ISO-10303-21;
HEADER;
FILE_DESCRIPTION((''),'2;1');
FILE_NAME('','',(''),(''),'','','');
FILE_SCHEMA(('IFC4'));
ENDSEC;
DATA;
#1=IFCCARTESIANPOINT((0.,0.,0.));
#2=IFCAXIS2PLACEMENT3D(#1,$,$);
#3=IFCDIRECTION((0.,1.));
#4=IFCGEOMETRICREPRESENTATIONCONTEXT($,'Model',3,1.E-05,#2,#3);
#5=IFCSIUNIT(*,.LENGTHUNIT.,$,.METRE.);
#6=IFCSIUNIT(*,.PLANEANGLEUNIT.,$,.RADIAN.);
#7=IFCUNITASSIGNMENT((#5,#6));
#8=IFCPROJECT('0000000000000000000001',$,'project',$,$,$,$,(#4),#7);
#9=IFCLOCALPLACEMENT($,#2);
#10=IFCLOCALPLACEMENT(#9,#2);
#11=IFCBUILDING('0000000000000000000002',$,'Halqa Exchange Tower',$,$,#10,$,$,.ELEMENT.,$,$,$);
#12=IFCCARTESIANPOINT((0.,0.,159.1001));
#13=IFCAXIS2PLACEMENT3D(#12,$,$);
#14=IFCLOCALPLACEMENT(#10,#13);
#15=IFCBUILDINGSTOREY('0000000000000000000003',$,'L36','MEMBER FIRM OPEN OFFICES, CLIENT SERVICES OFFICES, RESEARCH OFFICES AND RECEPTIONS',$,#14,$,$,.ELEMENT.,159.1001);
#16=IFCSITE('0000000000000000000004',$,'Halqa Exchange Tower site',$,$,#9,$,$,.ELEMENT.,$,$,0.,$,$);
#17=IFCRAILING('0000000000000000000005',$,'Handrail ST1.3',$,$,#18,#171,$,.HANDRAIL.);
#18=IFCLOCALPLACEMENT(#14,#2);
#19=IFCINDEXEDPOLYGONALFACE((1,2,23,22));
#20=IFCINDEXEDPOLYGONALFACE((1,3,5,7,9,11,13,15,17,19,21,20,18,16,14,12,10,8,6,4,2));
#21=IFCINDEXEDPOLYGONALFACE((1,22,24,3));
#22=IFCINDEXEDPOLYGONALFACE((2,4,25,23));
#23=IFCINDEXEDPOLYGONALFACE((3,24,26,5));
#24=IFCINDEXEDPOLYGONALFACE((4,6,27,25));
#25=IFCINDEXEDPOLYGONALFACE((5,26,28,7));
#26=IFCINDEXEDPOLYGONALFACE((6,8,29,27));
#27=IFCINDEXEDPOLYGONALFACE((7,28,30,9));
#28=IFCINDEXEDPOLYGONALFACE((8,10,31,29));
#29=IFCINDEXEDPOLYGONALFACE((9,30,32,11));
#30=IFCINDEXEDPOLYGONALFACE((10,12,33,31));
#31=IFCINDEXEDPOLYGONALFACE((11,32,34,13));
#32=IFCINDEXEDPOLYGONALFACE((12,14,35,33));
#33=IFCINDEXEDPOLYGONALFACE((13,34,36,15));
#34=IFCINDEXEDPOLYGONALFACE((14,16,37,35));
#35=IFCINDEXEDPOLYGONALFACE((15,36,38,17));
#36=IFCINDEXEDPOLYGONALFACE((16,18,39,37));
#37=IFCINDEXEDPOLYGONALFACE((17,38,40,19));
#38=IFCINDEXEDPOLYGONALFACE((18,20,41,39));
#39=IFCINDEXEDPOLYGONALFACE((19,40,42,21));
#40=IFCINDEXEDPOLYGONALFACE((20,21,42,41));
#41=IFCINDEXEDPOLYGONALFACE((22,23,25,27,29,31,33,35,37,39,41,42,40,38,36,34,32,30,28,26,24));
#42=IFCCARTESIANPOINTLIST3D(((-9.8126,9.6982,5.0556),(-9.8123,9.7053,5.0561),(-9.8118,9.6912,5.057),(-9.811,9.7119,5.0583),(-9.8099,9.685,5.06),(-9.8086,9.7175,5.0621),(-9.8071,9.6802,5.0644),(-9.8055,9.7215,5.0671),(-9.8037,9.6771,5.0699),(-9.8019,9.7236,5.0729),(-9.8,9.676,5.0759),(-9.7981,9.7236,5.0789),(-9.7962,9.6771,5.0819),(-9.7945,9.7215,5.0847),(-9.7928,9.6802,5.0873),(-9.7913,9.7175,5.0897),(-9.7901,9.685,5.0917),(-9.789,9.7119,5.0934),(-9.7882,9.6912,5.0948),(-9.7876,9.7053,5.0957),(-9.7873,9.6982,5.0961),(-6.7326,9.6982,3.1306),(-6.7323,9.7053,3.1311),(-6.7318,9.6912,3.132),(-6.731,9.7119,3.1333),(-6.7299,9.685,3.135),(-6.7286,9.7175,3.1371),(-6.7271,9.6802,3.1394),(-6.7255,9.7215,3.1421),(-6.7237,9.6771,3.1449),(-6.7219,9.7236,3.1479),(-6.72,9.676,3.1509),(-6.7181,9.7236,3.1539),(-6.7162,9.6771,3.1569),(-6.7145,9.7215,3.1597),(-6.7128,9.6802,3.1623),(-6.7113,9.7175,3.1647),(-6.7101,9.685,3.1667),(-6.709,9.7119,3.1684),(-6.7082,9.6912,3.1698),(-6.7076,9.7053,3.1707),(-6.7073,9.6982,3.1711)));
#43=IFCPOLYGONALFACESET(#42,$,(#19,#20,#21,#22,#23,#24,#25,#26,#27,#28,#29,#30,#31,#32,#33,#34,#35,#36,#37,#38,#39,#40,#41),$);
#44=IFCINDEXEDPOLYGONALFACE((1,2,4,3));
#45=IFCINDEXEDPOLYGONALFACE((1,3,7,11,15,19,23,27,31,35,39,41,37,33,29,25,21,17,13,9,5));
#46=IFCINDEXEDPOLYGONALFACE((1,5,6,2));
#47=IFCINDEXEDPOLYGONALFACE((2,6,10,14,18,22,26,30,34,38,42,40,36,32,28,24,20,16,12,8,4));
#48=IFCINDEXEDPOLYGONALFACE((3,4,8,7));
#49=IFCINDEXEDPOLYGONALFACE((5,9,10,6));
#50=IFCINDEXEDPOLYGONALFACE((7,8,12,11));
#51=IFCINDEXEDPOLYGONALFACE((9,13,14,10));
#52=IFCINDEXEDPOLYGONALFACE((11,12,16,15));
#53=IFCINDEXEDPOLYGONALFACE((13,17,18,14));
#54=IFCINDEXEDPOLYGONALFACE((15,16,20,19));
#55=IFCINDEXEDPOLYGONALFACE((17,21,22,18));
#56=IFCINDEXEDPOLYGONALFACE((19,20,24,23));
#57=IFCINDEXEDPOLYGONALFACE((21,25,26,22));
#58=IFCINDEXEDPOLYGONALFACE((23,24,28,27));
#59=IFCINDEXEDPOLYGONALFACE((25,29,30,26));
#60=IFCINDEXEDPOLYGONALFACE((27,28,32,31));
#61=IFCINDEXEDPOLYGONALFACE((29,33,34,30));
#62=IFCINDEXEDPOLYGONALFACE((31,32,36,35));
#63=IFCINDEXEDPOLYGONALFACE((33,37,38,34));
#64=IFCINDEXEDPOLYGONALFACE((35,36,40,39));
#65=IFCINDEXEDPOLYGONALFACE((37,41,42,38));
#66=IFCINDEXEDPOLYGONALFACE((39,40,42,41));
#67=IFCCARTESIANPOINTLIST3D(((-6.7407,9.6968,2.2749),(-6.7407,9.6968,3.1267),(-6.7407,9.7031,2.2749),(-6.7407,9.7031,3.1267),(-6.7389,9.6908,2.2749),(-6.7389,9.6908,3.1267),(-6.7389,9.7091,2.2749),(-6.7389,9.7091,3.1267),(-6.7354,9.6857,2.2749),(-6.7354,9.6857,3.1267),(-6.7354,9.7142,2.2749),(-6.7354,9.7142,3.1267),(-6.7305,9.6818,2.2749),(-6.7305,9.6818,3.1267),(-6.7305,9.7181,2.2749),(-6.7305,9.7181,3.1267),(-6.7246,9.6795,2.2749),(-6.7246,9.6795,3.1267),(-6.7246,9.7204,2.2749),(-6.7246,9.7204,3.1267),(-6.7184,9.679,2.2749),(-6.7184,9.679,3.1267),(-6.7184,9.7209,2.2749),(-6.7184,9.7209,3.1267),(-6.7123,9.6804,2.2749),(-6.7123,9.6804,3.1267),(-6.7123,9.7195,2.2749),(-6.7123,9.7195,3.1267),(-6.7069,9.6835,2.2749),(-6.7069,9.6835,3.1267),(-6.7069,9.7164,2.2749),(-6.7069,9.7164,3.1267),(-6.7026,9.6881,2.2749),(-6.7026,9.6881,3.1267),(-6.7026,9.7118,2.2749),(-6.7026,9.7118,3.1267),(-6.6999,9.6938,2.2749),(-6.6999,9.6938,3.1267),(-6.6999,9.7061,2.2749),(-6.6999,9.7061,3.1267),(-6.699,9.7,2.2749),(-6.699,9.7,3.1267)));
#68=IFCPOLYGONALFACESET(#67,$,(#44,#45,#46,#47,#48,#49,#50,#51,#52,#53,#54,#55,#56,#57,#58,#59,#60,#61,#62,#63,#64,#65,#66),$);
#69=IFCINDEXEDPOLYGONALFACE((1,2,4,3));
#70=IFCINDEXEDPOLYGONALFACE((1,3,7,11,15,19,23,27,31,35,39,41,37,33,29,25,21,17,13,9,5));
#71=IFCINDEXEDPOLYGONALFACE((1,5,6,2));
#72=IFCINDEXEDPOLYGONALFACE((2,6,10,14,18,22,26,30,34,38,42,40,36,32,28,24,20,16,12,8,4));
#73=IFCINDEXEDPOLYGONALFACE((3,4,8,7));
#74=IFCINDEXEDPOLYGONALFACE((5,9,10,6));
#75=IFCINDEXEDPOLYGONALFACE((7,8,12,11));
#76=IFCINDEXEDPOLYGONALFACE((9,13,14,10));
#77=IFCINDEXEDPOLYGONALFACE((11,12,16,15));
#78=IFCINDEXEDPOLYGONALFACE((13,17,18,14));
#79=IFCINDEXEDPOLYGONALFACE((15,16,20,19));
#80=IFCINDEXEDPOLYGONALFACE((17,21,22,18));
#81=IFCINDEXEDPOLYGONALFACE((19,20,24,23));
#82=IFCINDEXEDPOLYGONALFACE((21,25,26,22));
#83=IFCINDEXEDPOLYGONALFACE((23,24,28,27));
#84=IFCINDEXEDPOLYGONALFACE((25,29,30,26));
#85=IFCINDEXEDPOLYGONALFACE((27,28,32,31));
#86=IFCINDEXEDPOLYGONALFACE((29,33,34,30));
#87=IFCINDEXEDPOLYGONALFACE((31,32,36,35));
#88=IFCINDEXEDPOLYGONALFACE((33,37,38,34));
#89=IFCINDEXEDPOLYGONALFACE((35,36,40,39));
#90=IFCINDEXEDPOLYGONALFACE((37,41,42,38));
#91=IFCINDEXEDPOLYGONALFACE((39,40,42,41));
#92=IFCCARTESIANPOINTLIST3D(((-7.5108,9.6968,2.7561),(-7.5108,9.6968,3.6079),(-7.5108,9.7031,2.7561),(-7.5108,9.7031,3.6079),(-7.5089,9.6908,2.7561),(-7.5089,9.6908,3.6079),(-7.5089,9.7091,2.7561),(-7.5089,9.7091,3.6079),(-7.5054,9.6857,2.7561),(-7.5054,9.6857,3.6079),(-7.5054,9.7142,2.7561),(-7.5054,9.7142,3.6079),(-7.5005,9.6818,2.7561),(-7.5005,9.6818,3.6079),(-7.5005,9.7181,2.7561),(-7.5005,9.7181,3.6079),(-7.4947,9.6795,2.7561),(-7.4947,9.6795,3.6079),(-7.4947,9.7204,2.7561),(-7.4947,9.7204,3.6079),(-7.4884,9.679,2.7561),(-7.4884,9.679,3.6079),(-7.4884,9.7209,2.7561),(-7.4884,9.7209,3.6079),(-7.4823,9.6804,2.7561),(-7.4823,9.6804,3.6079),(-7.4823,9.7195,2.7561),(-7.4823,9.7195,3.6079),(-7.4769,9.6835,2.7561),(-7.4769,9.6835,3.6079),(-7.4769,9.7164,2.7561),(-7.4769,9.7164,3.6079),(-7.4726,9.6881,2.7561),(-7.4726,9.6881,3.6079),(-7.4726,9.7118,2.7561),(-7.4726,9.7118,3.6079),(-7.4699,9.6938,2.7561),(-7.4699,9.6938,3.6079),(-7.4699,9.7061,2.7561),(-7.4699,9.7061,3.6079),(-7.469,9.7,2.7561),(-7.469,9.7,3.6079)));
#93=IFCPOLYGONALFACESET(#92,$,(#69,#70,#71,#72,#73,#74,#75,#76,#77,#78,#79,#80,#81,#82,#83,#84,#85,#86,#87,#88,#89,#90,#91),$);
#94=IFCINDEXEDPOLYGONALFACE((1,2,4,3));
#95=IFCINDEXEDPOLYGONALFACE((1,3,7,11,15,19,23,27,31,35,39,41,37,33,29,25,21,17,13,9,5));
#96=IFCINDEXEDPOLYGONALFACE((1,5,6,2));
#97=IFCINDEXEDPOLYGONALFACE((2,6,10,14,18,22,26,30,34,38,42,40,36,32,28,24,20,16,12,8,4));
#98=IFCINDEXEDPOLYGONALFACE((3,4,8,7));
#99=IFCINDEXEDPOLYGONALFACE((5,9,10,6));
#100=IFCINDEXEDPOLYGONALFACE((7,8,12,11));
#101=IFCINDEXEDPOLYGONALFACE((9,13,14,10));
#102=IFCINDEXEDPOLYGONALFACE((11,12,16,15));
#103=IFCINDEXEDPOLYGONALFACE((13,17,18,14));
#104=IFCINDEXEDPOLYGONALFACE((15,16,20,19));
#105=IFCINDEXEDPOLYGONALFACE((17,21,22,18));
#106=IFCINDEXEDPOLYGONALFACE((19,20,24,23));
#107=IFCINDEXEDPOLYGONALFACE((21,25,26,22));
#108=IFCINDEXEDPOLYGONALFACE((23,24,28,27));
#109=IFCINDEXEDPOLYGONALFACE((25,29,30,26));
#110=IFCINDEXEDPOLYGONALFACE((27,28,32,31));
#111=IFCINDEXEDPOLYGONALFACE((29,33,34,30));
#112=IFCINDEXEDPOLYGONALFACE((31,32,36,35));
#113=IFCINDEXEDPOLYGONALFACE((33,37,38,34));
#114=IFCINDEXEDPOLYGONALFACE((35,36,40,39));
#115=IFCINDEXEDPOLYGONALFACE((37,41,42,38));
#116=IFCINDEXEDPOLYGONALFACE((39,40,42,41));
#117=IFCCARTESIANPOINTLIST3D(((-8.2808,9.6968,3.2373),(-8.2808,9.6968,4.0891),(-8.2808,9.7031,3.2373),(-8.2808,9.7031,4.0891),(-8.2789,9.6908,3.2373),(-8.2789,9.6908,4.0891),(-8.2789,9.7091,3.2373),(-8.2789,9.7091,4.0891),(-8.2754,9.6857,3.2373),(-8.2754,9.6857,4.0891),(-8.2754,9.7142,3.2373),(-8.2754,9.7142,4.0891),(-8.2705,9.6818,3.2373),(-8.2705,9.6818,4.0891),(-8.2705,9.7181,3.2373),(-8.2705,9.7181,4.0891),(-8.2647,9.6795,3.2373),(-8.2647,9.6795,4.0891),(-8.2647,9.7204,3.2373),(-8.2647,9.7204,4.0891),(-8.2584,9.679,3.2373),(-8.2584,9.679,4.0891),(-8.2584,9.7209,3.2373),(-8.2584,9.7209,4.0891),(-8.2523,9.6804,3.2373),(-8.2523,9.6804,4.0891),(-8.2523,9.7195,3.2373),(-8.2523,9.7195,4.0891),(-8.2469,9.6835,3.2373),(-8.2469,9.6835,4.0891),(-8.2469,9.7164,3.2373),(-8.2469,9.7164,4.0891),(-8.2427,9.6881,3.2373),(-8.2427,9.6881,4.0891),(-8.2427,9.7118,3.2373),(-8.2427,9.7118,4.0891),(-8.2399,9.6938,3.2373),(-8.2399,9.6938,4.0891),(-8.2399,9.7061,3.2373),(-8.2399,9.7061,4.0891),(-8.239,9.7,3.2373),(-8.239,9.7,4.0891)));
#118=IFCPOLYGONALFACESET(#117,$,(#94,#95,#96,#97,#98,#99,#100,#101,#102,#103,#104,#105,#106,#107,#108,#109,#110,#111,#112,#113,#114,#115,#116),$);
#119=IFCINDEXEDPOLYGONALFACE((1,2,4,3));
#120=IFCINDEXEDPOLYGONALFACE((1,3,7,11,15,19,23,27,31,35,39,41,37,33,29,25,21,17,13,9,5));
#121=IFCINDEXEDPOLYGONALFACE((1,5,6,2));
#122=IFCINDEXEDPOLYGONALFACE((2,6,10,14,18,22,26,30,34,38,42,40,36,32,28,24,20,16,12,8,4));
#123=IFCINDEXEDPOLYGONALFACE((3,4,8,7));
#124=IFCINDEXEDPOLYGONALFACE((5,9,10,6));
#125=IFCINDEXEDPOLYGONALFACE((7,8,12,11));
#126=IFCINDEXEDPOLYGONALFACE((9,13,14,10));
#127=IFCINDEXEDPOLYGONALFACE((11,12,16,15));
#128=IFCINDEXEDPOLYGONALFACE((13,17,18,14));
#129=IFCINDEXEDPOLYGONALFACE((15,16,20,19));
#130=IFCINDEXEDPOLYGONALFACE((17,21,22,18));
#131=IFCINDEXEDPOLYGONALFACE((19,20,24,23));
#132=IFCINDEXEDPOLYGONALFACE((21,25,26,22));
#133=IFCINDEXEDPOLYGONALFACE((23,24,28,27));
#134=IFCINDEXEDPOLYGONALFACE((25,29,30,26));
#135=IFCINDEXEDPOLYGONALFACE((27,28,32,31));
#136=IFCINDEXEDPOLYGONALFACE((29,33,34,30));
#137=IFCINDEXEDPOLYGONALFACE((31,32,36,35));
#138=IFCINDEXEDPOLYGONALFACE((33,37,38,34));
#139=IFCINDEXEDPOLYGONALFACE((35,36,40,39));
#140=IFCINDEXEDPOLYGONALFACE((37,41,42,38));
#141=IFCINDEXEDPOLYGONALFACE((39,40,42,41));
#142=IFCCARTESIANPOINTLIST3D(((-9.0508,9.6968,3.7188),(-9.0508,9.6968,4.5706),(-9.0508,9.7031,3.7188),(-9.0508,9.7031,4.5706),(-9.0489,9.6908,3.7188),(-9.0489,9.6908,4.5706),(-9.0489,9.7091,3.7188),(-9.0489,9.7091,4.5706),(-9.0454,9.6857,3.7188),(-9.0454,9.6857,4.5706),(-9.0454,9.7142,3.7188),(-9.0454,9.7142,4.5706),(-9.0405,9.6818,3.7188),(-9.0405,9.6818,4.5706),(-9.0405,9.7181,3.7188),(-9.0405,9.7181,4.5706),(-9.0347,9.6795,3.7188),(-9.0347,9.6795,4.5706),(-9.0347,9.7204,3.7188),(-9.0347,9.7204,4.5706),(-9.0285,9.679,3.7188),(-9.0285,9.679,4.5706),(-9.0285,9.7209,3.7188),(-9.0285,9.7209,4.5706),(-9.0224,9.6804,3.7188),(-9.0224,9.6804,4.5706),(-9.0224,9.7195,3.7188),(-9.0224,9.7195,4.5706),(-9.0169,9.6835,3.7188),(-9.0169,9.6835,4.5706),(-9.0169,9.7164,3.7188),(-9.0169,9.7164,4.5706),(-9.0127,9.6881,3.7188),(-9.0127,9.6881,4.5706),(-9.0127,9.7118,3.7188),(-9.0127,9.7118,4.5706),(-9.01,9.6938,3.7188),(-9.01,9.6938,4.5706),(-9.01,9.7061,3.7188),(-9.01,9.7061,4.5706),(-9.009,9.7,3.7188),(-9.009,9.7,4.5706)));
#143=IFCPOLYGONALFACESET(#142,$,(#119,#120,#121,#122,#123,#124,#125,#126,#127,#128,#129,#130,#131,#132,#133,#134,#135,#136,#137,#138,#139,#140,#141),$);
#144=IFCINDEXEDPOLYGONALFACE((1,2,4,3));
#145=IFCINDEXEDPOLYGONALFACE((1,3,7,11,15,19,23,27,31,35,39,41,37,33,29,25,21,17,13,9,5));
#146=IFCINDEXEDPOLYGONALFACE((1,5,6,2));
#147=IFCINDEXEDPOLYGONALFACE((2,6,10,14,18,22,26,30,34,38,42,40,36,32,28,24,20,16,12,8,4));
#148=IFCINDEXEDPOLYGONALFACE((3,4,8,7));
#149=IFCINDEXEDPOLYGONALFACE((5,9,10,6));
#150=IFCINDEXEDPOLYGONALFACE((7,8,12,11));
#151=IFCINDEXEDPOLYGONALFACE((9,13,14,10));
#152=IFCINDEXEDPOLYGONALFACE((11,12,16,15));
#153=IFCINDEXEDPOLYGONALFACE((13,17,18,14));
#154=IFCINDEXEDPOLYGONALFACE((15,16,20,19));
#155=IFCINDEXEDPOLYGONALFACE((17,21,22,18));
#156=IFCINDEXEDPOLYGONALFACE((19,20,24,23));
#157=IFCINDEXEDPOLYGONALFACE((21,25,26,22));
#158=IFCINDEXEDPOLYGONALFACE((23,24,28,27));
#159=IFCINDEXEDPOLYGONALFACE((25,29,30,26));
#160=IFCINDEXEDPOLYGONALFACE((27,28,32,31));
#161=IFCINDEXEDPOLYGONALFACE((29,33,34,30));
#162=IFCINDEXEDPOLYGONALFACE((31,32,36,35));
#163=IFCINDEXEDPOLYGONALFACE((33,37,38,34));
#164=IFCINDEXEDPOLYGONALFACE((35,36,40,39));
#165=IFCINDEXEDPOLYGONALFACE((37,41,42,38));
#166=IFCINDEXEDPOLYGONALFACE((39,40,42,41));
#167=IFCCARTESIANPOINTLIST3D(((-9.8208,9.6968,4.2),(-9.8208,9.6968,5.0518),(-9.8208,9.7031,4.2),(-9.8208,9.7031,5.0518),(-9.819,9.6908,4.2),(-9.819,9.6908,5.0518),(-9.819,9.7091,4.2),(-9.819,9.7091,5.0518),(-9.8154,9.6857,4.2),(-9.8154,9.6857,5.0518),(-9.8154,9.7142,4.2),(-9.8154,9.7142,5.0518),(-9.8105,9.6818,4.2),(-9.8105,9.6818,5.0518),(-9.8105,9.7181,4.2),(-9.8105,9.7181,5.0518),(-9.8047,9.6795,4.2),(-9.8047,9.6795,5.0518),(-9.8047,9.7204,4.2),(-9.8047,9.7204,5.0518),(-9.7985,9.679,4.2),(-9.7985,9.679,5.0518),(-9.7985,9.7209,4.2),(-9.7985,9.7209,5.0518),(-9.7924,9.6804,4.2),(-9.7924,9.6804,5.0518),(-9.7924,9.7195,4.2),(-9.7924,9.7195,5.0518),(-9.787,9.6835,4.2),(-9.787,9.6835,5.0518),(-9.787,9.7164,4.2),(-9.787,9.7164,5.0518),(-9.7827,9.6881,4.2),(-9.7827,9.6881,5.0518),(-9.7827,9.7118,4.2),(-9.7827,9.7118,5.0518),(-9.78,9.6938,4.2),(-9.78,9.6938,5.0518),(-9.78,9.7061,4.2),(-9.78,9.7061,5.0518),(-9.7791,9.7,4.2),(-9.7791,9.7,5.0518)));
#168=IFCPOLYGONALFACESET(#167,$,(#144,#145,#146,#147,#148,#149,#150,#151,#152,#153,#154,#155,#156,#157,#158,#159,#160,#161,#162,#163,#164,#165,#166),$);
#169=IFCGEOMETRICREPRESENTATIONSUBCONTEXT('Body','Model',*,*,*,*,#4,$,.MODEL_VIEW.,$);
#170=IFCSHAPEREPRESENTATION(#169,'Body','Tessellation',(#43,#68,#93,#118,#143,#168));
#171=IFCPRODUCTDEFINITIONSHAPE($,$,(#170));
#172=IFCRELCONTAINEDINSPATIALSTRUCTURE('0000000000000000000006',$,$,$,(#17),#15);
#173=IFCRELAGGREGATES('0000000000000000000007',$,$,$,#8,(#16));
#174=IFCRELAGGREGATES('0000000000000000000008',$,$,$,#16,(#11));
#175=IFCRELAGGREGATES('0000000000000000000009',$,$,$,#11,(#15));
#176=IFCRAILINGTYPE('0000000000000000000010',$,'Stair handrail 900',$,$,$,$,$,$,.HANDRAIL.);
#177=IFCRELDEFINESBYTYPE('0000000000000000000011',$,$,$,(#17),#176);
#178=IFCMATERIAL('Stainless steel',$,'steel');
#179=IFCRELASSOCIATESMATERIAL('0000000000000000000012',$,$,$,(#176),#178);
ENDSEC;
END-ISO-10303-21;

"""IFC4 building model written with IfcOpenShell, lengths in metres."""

from ifc_helpers import new_model, si_unit, direction, frame, origin, origin_2d, place, context, subcontext, project, spatial, circle, extrude, material, type_object, element, save


model = new_model("IFC4")

# Units and contexts
model_context = context("Model", 3, precision=1e-05, world=origin(), true_north=direction((0.0, 1.0)))
body_context = subcontext(model_context, "Body", "Model", "MODEL_VIEW")
ifc_project = project(units=[si_unit("LENGTHUNIT", "METRE"), si_unit("PLANEANGLEUNIT", "RADIAN")], contexts=[model_context])

# Site, building, storey
site_placement = place(None, origin())
site = spatial("IfcSite", under=ifc_project, at=site_placement, Name="Halqa Exchange Tower site", CompositionType="ELEMENT", RefElevation=0.0)
building_placement = place(site_placement, origin())
building = spatial("IfcBuilding", under=site, at=building_placement, Name="Halqa Exchange Tower", CompositionType="ELEMENT")
storey_placement = place(building_placement, frame((0.0, 0.0, 159.1001)))
storey = spatial("IfcBuildingStorey", under=building, at=storey_placement, Name="L36", Description="MEMBER FIRM OPEN OFFICES, CLIENT SERVICES OFFICES, RESEARCH OFFICES AND RECEPTIONS", CompositionType="ELEMENT", Elevation=159.1001)

# Railing
ifc_material_1 = material(Name="Stainless steel", Category="steel")
railing_type_1 = type_object("IfcRailingType", Name="Stair handrail 900", PredefinedType="HANDRAIL", material=ifc_material_1)
railing_1_placement = place(storey_placement, frame((-6.72, 9.7, 2.2749)))
element("IfcRailing", 1, at=railing_1_placement, inside=storey, type_object=railing_type_1, Name="Handrail ST1.3", PredefinedType="HANDRAIL", context=body_context, shape_type="SweptSolid", body=[
    extrude(circle(Radius=0.0239, at=origin_2d()), frame((0.0, 0.0, 0.876), z_axis=(-0.847998, 0.0, 0.529999), x_axis=(0.0, -1.0, 0.0)), (0.0, 0.0, 1.0), 3.6321),
    extrude(circle(Radius=0.021, at=origin_2d()), origin(), (0.0, 0.0, 1.0), 0.8518),
    extrude(circle(Radius=0.021, at=origin_2d()), frame((-0.77, 0.0, 0.4812)), (0.0, 0.0, 1.0), 0.8518),
    extrude(circle(Radius=0.021, at=origin_2d()), frame((-1.54, 0.0, 0.9624)), (0.0, 0.0, 1.0), 0.8518),
    extrude(circle(Radius=0.021, at=origin_2d()), frame((-2.3101, 0.0, 1.4438)), (0.0, 0.0, 1.0), 0.8518),
    extrude(circle(Radius=0.021, at=origin_2d()), frame((-3.0801, 0.0, 1.925)), (0.0, 0.0, 1.0), 0.8518),
])

save(model, "model.ifc")
